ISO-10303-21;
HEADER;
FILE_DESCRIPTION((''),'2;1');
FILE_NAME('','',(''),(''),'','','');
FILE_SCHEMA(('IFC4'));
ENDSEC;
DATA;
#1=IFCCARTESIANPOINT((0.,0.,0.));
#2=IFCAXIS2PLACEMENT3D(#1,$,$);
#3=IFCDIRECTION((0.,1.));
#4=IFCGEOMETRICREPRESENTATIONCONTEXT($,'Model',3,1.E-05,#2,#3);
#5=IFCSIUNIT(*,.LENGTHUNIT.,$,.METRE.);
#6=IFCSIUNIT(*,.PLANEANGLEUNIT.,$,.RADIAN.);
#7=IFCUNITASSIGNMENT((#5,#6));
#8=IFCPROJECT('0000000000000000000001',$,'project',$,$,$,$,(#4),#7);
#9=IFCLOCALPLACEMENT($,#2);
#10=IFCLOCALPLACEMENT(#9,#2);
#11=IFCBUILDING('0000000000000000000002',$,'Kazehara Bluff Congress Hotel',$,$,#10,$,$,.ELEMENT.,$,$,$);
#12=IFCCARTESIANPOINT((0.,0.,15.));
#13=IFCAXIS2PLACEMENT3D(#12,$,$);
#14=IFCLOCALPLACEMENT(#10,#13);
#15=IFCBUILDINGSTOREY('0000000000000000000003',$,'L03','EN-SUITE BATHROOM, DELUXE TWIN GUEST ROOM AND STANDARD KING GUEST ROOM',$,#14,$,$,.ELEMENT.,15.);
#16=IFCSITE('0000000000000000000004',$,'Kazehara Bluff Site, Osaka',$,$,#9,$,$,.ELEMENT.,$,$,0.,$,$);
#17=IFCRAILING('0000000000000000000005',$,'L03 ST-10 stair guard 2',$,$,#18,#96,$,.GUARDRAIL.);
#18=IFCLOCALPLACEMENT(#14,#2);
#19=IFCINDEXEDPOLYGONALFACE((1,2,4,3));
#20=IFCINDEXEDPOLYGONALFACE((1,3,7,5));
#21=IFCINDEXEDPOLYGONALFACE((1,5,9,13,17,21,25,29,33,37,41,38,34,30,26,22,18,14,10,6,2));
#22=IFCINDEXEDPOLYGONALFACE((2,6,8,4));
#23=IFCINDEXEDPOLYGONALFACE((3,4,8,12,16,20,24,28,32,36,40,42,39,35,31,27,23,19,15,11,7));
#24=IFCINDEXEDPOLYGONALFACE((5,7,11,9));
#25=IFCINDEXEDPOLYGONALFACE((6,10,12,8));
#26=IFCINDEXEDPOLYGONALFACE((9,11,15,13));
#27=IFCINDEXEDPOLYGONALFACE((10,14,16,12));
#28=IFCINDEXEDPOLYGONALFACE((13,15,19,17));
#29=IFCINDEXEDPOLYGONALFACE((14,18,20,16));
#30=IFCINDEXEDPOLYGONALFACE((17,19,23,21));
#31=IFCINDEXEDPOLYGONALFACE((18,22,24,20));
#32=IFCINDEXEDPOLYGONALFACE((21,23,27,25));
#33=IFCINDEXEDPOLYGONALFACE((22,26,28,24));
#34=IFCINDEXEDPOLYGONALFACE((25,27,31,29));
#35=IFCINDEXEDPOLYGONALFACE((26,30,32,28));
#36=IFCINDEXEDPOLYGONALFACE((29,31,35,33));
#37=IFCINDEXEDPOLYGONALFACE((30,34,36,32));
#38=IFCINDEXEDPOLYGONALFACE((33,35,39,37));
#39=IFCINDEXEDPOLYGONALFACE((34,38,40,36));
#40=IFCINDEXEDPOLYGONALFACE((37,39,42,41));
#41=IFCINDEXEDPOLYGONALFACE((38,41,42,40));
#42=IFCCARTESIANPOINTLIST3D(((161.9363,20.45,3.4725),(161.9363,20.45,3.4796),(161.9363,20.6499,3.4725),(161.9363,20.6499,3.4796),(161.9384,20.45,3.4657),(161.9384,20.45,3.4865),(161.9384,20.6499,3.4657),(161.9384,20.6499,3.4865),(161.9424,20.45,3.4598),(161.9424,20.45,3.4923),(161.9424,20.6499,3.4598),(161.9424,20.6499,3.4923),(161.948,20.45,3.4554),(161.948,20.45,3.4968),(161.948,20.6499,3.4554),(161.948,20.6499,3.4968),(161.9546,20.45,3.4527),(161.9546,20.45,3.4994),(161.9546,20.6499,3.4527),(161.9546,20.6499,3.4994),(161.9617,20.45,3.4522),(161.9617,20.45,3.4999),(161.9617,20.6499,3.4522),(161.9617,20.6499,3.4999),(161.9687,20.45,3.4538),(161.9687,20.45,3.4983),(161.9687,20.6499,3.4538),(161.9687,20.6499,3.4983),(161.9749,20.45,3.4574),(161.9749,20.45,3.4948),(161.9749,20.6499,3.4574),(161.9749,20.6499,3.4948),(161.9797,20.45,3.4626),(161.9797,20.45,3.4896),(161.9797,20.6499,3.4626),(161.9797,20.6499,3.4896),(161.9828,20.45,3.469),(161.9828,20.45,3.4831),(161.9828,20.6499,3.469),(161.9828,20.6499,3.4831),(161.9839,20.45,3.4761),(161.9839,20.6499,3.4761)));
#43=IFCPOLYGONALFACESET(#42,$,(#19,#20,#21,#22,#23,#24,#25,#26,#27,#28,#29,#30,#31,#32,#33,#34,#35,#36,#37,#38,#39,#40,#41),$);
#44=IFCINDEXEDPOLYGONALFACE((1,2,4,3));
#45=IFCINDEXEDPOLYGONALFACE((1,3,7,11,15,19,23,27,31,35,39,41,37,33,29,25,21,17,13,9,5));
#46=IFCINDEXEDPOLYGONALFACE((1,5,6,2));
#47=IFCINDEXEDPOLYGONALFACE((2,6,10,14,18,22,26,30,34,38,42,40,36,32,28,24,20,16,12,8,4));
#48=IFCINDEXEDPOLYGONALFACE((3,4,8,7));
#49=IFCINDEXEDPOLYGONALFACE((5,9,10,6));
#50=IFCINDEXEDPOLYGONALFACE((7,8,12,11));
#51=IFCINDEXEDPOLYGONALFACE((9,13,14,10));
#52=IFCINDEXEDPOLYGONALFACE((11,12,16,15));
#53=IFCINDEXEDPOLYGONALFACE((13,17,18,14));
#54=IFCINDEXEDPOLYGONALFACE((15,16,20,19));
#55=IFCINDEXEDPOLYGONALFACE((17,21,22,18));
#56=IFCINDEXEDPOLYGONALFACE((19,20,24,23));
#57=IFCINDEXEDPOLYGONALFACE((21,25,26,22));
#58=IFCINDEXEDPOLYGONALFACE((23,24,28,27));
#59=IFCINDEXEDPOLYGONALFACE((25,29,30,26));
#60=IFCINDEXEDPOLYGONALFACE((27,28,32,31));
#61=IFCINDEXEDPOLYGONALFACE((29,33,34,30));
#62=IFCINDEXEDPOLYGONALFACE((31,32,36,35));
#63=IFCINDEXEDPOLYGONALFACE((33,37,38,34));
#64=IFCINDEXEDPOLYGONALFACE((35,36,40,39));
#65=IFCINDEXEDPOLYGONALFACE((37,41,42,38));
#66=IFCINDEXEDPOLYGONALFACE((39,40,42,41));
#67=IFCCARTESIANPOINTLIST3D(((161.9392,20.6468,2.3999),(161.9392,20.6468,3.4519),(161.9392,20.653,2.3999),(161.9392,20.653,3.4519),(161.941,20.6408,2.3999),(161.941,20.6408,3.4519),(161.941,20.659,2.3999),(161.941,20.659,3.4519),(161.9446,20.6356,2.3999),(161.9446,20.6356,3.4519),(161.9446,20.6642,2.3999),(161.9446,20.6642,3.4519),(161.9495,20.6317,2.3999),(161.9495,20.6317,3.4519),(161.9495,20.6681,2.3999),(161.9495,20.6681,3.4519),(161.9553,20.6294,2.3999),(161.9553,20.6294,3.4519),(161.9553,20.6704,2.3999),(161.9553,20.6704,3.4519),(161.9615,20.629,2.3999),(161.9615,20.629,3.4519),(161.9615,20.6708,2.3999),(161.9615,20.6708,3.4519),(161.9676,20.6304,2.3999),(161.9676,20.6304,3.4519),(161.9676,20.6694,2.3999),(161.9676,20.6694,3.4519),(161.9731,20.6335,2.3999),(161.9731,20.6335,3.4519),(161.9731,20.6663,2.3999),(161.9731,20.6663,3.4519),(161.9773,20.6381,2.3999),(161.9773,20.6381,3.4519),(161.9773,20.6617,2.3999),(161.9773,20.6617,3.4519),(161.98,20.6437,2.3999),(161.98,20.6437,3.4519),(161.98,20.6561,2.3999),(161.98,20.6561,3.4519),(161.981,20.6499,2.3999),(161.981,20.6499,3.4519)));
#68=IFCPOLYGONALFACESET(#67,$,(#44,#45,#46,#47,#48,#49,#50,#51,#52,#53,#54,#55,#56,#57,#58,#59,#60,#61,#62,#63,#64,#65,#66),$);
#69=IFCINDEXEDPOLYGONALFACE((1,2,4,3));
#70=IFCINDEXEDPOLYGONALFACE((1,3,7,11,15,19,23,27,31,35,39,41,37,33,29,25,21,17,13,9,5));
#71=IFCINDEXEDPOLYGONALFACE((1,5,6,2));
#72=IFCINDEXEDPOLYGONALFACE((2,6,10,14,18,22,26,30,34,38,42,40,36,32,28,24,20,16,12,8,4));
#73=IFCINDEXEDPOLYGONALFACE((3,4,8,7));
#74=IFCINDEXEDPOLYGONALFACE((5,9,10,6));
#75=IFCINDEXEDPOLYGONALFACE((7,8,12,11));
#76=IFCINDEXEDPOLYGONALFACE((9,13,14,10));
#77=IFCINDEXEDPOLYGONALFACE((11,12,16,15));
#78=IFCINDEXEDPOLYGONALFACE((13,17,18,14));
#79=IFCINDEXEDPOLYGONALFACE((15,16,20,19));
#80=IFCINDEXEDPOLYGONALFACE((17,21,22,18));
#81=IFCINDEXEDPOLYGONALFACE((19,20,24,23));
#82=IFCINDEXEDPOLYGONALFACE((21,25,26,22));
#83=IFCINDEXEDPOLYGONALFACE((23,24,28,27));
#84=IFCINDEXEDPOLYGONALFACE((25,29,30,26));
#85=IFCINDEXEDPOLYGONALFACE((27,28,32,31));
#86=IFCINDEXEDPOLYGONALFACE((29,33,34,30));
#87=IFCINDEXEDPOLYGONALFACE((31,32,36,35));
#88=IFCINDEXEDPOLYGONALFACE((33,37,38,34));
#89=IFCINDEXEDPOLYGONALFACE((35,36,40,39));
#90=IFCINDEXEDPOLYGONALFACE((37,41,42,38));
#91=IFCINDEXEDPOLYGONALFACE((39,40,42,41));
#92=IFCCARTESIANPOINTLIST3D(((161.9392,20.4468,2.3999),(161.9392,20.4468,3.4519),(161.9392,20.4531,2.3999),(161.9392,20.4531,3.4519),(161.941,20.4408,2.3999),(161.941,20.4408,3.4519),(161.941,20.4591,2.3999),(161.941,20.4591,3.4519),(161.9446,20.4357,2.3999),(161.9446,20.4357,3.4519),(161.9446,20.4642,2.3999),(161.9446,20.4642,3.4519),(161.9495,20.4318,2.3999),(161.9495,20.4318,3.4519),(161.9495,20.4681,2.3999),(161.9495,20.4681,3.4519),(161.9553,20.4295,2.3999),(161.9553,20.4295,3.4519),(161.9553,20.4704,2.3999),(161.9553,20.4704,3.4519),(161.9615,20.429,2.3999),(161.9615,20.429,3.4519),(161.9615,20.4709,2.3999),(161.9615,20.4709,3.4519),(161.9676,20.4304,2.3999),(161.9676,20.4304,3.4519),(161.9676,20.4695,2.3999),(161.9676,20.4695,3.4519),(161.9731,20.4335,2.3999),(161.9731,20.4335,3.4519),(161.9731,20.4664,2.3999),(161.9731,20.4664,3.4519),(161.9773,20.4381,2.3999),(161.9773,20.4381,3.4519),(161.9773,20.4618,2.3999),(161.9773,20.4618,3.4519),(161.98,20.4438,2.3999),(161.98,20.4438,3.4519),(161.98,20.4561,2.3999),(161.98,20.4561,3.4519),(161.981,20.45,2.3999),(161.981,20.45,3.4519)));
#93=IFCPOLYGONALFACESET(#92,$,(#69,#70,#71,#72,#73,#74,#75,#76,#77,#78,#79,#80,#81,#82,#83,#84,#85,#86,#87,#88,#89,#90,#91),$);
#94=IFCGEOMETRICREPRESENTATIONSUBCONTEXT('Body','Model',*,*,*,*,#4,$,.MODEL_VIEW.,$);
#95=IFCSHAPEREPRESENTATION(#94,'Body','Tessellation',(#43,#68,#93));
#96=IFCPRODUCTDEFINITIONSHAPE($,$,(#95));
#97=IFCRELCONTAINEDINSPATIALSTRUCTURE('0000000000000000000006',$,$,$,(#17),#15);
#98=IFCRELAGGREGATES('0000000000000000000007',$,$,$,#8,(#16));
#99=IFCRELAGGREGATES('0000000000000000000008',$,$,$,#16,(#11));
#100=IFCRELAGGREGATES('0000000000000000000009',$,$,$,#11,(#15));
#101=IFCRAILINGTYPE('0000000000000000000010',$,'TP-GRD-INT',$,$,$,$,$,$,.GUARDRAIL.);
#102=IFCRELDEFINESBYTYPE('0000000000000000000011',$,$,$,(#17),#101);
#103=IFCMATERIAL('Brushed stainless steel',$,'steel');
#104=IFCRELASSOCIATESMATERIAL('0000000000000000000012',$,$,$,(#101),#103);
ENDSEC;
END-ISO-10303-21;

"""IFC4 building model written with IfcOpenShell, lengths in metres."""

from ifc_helpers import new_model, si_unit, direction, frame, origin, origin_2d, place, context, subcontext, project, spatial, circle, extrude, material, type_object, element, save


model = new_model("IFC4")

# Units and contexts
model_context = context("Model", 3, precision=1e-05, world=origin(), true_north=direction((0.0, 1.0)))
body_context = subcontext(model_context, "Body", "Model", "MODEL_VIEW")
ifc_project = project(units=[si_unit("LENGTHUNIT", "METRE"), si_unit("PLANEANGLEUNIT", "RADIAN")], contexts=[model_context])

# Site, building, storey
site_placement = place(None, origin())
site = spatial("IfcSite", under=ifc_project, at=site_placement, Name="Kazehara Bluff Site, Osaka", CompositionType="ELEMENT", RefElevation=0.0)
building_placement = place(site_placement, origin())
building = spatial("IfcBuilding", under=site, at=building_placement, Name="Kazehara Bluff Congress Hotel", CompositionType="ELEMENT")
storey_placement = place(building_placement, frame((0.0, 0.0, 15.0)))
storey = spatial("IfcBuildingStorey", under=building, at=storey_placement, Name="L03", Description="EN-SUITE BATHROOM, DELUXE TWIN GUEST ROOM AND STANDARD KING GUEST ROOM", CompositionType="ELEMENT", Elevation=15.0)

# Railing
ifc_material_1 = material(Name="Brushed stainless steel", Category="steel")
railing_type_1 = type_object("IfcRailingType", Name="TP-GRD-INT", PredefinedType="GUARDRAIL", material=ifc_material_1)
railing_1_placement = place(storey_placement, frame((161.96, 20.6499, 2.3999)))
element("IfcRailing", 1, at=railing_1_placement, inside=storey, type_object=railing_type_1, Name="L03 ST-10 stair guard 2", PredefinedType="GUARDRAIL", context=body_context, shape_type="SweptSolid", body=[
    extrude(circle(Radius=0.0239, at=origin_2d()), frame((0.0, 0.0, 1.0762), z_axis=(0.0, -1.0, 0.0), x_axis=(1.0, 0.0, 0.0)), (0.0, 0.0, 1.0), 0.2),
    extrude(circle(Radius=0.021, at=origin_2d()), origin(), (0.0, 0.0, 1.0), 1.052),
    extrude(circle(Radius=0.021, at=origin_2d()), frame((0.0, -0.2, 0.0)), (0.0, 0.0, 1.0), 1.052),
])

save(model, "model.ifc")
